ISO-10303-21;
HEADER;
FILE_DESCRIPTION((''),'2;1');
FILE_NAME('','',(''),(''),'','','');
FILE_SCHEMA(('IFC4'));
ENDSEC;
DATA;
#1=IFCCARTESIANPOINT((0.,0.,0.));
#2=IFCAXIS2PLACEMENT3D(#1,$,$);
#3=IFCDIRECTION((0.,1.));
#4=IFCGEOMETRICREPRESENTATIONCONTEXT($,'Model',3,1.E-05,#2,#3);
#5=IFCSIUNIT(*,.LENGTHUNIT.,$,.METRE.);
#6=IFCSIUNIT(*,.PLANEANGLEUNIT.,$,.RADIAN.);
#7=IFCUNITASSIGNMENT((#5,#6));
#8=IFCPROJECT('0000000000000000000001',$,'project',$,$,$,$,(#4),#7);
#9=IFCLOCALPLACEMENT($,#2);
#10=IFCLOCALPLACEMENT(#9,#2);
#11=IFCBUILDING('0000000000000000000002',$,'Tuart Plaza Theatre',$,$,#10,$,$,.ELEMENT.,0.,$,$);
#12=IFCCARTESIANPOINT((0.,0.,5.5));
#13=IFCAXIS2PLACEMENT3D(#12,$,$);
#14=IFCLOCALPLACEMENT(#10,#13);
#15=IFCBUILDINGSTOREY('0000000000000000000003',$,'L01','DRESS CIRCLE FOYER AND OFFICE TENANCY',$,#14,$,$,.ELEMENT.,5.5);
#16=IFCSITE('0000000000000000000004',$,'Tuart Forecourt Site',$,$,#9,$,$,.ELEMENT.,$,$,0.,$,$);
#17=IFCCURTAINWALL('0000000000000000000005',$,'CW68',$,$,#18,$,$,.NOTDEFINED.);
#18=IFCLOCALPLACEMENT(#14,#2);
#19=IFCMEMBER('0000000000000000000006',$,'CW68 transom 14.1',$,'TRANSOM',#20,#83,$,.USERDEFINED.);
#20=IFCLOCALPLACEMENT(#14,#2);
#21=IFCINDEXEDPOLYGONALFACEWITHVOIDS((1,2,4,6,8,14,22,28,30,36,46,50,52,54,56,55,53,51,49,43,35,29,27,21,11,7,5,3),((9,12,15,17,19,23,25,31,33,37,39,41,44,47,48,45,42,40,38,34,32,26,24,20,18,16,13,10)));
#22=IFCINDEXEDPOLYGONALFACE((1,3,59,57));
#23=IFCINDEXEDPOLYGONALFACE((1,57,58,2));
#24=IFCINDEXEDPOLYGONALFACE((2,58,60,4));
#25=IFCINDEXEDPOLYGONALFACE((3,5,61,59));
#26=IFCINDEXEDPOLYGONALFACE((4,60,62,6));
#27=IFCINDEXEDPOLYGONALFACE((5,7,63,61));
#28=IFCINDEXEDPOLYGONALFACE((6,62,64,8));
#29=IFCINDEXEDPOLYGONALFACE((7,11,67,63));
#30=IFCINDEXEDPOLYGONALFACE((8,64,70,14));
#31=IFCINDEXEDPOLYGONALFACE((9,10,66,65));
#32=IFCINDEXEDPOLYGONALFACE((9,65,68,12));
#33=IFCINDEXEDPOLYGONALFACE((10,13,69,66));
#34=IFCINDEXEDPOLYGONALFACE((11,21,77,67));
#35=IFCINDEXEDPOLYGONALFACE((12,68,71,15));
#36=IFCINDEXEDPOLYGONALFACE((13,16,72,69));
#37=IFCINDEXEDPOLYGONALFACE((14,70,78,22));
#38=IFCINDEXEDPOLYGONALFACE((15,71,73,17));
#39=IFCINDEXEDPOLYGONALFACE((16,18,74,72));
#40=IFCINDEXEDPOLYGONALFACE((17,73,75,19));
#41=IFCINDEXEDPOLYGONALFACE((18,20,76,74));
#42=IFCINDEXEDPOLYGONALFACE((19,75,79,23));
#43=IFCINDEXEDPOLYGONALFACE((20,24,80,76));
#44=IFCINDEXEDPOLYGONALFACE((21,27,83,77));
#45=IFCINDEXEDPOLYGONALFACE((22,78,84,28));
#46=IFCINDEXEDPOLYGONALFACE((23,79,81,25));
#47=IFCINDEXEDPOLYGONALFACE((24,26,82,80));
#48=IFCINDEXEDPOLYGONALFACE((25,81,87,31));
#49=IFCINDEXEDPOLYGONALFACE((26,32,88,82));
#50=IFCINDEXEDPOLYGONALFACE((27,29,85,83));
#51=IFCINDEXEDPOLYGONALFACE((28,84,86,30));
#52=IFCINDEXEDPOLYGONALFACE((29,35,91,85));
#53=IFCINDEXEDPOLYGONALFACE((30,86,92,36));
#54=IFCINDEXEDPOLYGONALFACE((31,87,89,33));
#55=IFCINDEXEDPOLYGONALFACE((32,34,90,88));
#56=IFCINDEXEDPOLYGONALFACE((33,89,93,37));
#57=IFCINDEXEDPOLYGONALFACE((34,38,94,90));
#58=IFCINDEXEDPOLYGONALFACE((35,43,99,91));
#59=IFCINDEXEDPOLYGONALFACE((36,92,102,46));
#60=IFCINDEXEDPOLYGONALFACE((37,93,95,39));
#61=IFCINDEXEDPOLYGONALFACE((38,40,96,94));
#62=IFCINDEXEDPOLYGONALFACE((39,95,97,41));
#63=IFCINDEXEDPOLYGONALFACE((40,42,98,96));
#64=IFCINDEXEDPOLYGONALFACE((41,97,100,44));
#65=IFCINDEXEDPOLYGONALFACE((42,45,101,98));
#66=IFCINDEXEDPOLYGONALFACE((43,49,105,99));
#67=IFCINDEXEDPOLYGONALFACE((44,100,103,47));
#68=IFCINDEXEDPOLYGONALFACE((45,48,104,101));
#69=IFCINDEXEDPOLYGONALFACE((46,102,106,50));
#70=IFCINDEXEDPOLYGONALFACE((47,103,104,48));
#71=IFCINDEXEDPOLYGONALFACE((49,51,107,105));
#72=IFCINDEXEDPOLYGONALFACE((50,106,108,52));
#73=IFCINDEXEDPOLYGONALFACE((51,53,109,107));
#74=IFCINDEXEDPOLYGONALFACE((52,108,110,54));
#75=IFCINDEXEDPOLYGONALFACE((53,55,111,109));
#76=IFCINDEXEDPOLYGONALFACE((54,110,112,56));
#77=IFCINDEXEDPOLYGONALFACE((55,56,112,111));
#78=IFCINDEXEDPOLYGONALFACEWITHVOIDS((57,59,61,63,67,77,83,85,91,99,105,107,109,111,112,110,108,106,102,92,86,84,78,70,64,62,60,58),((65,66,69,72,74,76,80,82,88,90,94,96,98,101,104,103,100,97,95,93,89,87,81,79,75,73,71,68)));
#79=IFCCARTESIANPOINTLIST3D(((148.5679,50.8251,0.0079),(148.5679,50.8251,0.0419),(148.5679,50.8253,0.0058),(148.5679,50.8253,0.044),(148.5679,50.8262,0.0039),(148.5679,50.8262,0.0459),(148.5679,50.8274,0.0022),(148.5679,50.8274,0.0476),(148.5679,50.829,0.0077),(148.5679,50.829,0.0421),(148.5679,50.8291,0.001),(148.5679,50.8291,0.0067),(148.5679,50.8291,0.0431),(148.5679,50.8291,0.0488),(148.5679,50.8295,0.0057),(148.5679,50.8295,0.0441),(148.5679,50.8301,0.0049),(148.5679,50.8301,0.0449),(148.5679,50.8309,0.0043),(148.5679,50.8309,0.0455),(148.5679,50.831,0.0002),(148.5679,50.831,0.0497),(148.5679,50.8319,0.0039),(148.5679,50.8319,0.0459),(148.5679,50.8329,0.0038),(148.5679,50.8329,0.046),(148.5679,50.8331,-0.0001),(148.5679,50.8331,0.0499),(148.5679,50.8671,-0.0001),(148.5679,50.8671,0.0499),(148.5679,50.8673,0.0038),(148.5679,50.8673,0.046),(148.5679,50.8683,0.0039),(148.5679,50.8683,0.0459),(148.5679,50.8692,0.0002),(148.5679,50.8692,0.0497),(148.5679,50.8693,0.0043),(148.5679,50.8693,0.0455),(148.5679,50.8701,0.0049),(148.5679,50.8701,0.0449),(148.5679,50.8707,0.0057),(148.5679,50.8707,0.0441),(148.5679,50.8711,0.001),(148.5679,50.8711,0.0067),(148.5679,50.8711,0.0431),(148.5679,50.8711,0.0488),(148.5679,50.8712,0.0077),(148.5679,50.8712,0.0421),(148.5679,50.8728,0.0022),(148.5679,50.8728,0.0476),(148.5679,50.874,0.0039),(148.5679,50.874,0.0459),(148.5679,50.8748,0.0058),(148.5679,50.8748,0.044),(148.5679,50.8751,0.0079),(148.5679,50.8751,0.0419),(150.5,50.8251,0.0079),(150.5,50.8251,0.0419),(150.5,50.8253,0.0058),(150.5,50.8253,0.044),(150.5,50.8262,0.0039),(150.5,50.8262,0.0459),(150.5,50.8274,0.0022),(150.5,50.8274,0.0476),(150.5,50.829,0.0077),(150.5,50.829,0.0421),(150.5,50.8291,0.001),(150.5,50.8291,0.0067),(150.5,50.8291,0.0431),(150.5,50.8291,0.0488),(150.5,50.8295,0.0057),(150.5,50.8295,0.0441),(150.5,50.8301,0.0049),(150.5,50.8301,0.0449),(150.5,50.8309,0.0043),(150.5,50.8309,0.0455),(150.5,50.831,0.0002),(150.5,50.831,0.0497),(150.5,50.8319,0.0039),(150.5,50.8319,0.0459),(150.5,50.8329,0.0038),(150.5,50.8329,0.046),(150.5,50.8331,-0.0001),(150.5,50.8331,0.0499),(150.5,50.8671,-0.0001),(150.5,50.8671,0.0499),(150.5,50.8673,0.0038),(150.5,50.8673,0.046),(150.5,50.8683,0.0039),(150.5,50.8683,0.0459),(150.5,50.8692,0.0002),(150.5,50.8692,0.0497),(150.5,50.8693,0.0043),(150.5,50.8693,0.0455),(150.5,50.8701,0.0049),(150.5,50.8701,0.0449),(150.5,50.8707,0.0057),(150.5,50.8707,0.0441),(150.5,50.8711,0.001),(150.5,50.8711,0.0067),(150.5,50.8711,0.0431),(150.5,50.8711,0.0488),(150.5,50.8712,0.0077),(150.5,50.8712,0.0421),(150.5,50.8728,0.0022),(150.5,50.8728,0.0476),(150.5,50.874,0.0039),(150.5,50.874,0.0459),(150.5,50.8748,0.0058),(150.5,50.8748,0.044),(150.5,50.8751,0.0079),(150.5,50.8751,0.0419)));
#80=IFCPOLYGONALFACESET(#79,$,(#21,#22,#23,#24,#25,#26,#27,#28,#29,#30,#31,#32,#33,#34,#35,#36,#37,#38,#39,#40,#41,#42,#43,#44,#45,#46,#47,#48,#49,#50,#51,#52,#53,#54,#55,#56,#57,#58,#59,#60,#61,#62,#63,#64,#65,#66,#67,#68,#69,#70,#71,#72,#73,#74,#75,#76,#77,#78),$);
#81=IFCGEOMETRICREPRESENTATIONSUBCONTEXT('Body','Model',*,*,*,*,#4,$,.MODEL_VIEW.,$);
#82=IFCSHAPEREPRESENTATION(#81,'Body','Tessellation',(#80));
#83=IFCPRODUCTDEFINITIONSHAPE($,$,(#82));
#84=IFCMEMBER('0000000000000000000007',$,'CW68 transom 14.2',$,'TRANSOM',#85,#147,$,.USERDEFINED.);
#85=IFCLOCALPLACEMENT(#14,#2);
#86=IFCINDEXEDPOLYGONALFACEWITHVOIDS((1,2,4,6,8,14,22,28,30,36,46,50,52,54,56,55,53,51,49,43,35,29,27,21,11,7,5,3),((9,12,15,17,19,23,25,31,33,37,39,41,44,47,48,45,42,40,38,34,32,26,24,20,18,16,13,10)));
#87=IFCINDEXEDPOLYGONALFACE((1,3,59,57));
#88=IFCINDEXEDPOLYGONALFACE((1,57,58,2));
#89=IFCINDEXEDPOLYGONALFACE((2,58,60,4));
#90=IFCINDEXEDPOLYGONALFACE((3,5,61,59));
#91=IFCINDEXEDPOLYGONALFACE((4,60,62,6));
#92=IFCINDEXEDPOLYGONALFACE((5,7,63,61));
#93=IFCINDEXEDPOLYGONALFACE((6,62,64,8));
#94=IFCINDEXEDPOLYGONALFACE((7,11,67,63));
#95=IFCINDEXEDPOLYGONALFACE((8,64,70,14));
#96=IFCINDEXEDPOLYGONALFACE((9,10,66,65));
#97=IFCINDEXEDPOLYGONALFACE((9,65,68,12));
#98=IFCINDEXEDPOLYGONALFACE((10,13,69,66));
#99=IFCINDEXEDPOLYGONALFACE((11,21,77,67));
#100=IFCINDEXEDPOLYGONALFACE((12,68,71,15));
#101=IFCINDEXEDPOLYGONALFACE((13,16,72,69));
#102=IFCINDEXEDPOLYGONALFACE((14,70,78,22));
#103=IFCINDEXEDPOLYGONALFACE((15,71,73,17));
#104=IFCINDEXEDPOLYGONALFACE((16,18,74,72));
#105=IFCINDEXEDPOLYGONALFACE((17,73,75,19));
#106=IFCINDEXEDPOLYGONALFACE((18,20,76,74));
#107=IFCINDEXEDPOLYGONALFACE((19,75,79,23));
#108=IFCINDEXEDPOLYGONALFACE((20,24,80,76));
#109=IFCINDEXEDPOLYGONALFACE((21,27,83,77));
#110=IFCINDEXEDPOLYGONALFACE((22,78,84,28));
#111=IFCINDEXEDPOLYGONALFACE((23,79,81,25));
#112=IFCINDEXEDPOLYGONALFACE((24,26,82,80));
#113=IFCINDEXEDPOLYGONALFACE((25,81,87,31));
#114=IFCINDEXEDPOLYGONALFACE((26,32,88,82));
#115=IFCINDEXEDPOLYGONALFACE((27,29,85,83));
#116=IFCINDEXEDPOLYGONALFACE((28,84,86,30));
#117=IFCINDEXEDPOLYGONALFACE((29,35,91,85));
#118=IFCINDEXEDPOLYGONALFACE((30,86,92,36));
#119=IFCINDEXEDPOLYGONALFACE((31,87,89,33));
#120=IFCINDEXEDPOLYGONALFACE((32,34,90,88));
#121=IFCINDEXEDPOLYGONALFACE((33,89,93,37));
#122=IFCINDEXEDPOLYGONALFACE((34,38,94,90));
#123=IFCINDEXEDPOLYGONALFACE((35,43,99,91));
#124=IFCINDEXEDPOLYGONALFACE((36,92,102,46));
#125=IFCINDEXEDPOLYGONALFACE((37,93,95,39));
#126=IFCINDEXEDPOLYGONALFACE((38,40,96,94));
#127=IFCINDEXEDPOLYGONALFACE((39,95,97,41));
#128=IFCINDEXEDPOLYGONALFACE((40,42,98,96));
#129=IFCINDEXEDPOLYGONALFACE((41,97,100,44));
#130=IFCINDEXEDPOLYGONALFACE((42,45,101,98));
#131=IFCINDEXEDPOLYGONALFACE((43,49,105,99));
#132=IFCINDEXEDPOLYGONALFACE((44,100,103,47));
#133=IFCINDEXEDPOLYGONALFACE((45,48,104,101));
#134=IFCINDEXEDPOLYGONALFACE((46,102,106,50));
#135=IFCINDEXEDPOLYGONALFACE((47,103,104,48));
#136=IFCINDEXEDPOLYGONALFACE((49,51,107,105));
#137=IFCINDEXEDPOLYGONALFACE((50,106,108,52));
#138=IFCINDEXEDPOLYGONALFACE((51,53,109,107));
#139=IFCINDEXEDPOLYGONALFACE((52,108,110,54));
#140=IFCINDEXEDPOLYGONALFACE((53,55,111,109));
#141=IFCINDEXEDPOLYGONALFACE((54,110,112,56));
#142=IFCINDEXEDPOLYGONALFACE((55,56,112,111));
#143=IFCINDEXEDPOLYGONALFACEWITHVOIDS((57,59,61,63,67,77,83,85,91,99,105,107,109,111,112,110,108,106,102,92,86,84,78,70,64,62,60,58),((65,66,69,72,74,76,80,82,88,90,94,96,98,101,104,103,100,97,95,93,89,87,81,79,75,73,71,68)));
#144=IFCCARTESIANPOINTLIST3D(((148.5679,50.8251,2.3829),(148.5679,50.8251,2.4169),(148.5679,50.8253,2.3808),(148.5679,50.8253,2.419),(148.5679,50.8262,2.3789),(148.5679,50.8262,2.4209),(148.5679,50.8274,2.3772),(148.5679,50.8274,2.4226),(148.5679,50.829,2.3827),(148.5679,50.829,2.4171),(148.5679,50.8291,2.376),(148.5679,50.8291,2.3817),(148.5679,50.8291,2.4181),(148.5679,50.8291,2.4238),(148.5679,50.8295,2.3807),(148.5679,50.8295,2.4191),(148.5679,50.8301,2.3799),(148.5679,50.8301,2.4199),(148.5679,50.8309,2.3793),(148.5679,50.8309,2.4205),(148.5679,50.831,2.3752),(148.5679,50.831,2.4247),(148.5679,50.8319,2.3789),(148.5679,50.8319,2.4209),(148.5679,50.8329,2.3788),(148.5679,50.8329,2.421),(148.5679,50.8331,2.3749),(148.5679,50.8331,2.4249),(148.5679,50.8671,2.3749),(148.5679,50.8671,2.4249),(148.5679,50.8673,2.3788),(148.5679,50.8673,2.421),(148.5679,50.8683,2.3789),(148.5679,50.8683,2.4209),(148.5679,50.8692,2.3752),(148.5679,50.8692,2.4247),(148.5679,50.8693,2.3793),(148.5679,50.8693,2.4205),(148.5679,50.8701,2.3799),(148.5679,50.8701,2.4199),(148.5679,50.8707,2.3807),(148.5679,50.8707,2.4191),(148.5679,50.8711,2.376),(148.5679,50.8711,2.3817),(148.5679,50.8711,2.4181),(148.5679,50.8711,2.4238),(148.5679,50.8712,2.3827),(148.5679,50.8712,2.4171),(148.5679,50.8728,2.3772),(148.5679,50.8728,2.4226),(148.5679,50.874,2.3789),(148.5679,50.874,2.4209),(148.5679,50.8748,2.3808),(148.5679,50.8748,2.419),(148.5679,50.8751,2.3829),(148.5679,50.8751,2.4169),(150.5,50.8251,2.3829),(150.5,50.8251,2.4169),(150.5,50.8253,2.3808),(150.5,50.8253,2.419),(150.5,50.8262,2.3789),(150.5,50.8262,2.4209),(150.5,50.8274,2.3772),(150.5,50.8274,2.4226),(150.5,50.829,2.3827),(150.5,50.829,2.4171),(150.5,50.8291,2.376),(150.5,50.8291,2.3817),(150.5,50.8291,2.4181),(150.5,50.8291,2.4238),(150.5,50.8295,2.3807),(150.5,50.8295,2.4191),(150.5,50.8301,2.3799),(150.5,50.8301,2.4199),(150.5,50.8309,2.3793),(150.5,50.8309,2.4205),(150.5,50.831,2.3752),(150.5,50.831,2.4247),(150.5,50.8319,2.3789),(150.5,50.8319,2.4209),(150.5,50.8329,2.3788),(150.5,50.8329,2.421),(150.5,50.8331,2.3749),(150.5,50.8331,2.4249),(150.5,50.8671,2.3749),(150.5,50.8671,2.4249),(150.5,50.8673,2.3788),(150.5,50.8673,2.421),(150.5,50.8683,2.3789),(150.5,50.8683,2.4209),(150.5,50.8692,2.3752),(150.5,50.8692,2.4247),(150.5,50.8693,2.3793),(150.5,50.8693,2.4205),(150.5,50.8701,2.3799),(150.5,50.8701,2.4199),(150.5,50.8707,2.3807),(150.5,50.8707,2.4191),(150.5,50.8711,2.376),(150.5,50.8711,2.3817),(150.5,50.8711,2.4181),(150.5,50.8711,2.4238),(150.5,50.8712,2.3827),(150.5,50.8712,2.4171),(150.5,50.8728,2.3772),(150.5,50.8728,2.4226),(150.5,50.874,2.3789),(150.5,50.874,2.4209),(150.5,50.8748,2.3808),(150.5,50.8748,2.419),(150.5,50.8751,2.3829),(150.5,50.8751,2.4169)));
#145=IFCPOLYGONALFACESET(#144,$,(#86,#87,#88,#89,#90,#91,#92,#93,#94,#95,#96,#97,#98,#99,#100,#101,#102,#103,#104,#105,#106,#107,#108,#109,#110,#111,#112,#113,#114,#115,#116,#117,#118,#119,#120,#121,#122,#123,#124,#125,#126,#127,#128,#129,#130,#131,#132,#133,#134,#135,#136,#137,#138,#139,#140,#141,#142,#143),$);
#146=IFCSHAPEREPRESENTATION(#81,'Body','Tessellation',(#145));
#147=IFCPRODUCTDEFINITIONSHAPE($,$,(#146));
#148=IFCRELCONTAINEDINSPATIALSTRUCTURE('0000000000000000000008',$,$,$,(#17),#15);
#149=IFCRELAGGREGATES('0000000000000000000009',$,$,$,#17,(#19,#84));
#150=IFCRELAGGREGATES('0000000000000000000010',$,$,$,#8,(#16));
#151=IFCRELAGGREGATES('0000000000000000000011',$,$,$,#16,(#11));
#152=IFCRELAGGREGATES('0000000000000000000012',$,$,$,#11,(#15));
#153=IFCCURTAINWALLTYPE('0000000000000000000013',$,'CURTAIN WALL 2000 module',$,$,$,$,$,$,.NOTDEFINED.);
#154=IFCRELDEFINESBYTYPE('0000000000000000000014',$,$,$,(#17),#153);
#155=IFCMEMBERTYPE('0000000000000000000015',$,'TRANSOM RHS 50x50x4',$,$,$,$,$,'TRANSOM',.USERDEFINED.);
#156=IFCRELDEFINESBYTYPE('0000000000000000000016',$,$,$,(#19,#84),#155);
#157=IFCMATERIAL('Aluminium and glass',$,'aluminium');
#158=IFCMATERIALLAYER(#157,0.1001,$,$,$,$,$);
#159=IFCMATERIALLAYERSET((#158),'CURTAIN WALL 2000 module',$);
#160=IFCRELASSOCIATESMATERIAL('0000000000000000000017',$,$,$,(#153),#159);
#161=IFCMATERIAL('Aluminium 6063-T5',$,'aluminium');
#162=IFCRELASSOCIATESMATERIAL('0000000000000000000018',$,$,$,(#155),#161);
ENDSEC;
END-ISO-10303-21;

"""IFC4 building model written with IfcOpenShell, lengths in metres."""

from ifc_helpers import new_model, si_unit, direction, frame, origin, origin_2d, place, context, subcontext, project, spatial, hollow_rectangle, extrude, material, layer, layer_set, material_profile, profile_set, type_object, element, aggregate, save


model = new_model("IFC4")

# Units and contexts
model_context = context("Model", 3, precision=1e-05, world=origin(), true_north=direction((0.0, 1.0)))
body_context = subcontext(model_context, "Body", "Model", "MODEL_VIEW")
ifc_project = project(units=[si_unit("LENGTHUNIT", "METRE"), si_unit("PLANEANGLEUNIT", "RADIAN")], contexts=[model_context])

# Site, building, storey
site_placement = place(None, origin())
site = spatial("IfcSite", under=ifc_project, at=site_placement, Name="Tuart Forecourt Site", CompositionType="ELEMENT", RefElevation=0.0)
building_placement = place(site_placement, origin())
building = spatial("IfcBuilding", under=site, at=building_placement, Name="Tuart Plaza Theatre", CompositionType="ELEMENT", ElevationOfRefHeight=0.0)
storey_placement = place(building_placement, frame((0.0, 0.0, 5.5)))
storey = spatial("IfcBuildingStorey", under=building, at=storey_placement, Name="L01", Description="DRESS CIRCLE FOYER AND OFFICE TENANCY", CompositionType="ELEMENT", Elevation=5.5)

# Curtain wall, members
ifc_material_1 = material(Name="Aluminium and glass", Category="aluminium")
ifc_layer_1 = layer(ifc_material_1, 0.1001)
ifc_layer_set_1 = layer_set([ifc_layer_1], Name="CURTAIN WALL 2000 module")
curtain_wall_type = type_object("IfcCurtainWallType", Name="CURTAIN WALL 2000 module", PredefinedType="NOTDEFINED", material=ifc_layer_set_1)
curtain_wall_placement = place(storey_placement, origin())
curtain_wall = element("IfcCurtainWall", 1, at=curtain_wall_placement, inside=storey, type_object=curtain_wall_type, Name="CW68", PredefinedType="NOTDEFINED")
ifc_material_2 = material(Name="Aluminium 6063-T5", Category="aluminium")
ifc_material_profile_1 = material_profile(ifc_material_2, hollow_rectangle(XDim=0.05, YDim=0.05, WallThickness=0.0039, InnerFilletRadius=0.0039, OuterFilletRadius=0.0081, at=origin_2d()), Name="RHS 50x50x4")
ifc_profile_set_1 = profile_set([ifc_material_profile_1], Name="Aluminium 6063-T5")
member_type_1 = type_object("IfcMemberType", Name="TRANSOM RHS 50x50x4", ElementType="TRANSOM", PredefinedType="USERDEFINED", material=ifc_profile_set_1)
member_1_placement = place(storey_placement, frame((148.5679, 50.8501, 0.0249), z_axis=(1.0, 0.0, 0.0), x_axis=(0.0, 1.0, 0.0)))
member_1 = element("IfcMember", 2, at=member_1_placement, type_object=member_type_1, Name="CW68 transom 14.1", ObjectType="TRANSOM", PredefinedType="USERDEFINED", context=body_context, shape_type="SweptSolid", body=[
    extrude(hollow_rectangle(XDim=0.05, YDim=0.05, WallThickness=0.0039, InnerFilletRadius=0.0039, OuterFilletRadius=0.0081, at=origin_2d()), origin(), (0.0, 0.0, 1.0), 1.9321),
])
member_2_placement = place(storey_placement, frame((148.5679, 50.8501, 2.3999), z_axis=(1.0, 0.0, 0.0), x_axis=(0.0, 1.0, 0.0)))
member_2 = element("IfcMember", 3, at=member_2_placement, type_object=member_type_1, Name="CW68 transom 14.2", ObjectType="TRANSOM", PredefinedType="USERDEFINED", context=body_context, shape_type="SweptSolid", body=[
    extrude(hollow_rectangle(XDim=0.05, YDim=0.05, WallThickness=0.0039, InnerFilletRadius=0.0039, OuterFilletRadius=0.0081, at=origin_2d()), origin(), (0.0, 0.0, 1.0), 1.9321),
])
aggregate(curtain_wall, [member_1, member_2])

save(model, "model.ifc")
